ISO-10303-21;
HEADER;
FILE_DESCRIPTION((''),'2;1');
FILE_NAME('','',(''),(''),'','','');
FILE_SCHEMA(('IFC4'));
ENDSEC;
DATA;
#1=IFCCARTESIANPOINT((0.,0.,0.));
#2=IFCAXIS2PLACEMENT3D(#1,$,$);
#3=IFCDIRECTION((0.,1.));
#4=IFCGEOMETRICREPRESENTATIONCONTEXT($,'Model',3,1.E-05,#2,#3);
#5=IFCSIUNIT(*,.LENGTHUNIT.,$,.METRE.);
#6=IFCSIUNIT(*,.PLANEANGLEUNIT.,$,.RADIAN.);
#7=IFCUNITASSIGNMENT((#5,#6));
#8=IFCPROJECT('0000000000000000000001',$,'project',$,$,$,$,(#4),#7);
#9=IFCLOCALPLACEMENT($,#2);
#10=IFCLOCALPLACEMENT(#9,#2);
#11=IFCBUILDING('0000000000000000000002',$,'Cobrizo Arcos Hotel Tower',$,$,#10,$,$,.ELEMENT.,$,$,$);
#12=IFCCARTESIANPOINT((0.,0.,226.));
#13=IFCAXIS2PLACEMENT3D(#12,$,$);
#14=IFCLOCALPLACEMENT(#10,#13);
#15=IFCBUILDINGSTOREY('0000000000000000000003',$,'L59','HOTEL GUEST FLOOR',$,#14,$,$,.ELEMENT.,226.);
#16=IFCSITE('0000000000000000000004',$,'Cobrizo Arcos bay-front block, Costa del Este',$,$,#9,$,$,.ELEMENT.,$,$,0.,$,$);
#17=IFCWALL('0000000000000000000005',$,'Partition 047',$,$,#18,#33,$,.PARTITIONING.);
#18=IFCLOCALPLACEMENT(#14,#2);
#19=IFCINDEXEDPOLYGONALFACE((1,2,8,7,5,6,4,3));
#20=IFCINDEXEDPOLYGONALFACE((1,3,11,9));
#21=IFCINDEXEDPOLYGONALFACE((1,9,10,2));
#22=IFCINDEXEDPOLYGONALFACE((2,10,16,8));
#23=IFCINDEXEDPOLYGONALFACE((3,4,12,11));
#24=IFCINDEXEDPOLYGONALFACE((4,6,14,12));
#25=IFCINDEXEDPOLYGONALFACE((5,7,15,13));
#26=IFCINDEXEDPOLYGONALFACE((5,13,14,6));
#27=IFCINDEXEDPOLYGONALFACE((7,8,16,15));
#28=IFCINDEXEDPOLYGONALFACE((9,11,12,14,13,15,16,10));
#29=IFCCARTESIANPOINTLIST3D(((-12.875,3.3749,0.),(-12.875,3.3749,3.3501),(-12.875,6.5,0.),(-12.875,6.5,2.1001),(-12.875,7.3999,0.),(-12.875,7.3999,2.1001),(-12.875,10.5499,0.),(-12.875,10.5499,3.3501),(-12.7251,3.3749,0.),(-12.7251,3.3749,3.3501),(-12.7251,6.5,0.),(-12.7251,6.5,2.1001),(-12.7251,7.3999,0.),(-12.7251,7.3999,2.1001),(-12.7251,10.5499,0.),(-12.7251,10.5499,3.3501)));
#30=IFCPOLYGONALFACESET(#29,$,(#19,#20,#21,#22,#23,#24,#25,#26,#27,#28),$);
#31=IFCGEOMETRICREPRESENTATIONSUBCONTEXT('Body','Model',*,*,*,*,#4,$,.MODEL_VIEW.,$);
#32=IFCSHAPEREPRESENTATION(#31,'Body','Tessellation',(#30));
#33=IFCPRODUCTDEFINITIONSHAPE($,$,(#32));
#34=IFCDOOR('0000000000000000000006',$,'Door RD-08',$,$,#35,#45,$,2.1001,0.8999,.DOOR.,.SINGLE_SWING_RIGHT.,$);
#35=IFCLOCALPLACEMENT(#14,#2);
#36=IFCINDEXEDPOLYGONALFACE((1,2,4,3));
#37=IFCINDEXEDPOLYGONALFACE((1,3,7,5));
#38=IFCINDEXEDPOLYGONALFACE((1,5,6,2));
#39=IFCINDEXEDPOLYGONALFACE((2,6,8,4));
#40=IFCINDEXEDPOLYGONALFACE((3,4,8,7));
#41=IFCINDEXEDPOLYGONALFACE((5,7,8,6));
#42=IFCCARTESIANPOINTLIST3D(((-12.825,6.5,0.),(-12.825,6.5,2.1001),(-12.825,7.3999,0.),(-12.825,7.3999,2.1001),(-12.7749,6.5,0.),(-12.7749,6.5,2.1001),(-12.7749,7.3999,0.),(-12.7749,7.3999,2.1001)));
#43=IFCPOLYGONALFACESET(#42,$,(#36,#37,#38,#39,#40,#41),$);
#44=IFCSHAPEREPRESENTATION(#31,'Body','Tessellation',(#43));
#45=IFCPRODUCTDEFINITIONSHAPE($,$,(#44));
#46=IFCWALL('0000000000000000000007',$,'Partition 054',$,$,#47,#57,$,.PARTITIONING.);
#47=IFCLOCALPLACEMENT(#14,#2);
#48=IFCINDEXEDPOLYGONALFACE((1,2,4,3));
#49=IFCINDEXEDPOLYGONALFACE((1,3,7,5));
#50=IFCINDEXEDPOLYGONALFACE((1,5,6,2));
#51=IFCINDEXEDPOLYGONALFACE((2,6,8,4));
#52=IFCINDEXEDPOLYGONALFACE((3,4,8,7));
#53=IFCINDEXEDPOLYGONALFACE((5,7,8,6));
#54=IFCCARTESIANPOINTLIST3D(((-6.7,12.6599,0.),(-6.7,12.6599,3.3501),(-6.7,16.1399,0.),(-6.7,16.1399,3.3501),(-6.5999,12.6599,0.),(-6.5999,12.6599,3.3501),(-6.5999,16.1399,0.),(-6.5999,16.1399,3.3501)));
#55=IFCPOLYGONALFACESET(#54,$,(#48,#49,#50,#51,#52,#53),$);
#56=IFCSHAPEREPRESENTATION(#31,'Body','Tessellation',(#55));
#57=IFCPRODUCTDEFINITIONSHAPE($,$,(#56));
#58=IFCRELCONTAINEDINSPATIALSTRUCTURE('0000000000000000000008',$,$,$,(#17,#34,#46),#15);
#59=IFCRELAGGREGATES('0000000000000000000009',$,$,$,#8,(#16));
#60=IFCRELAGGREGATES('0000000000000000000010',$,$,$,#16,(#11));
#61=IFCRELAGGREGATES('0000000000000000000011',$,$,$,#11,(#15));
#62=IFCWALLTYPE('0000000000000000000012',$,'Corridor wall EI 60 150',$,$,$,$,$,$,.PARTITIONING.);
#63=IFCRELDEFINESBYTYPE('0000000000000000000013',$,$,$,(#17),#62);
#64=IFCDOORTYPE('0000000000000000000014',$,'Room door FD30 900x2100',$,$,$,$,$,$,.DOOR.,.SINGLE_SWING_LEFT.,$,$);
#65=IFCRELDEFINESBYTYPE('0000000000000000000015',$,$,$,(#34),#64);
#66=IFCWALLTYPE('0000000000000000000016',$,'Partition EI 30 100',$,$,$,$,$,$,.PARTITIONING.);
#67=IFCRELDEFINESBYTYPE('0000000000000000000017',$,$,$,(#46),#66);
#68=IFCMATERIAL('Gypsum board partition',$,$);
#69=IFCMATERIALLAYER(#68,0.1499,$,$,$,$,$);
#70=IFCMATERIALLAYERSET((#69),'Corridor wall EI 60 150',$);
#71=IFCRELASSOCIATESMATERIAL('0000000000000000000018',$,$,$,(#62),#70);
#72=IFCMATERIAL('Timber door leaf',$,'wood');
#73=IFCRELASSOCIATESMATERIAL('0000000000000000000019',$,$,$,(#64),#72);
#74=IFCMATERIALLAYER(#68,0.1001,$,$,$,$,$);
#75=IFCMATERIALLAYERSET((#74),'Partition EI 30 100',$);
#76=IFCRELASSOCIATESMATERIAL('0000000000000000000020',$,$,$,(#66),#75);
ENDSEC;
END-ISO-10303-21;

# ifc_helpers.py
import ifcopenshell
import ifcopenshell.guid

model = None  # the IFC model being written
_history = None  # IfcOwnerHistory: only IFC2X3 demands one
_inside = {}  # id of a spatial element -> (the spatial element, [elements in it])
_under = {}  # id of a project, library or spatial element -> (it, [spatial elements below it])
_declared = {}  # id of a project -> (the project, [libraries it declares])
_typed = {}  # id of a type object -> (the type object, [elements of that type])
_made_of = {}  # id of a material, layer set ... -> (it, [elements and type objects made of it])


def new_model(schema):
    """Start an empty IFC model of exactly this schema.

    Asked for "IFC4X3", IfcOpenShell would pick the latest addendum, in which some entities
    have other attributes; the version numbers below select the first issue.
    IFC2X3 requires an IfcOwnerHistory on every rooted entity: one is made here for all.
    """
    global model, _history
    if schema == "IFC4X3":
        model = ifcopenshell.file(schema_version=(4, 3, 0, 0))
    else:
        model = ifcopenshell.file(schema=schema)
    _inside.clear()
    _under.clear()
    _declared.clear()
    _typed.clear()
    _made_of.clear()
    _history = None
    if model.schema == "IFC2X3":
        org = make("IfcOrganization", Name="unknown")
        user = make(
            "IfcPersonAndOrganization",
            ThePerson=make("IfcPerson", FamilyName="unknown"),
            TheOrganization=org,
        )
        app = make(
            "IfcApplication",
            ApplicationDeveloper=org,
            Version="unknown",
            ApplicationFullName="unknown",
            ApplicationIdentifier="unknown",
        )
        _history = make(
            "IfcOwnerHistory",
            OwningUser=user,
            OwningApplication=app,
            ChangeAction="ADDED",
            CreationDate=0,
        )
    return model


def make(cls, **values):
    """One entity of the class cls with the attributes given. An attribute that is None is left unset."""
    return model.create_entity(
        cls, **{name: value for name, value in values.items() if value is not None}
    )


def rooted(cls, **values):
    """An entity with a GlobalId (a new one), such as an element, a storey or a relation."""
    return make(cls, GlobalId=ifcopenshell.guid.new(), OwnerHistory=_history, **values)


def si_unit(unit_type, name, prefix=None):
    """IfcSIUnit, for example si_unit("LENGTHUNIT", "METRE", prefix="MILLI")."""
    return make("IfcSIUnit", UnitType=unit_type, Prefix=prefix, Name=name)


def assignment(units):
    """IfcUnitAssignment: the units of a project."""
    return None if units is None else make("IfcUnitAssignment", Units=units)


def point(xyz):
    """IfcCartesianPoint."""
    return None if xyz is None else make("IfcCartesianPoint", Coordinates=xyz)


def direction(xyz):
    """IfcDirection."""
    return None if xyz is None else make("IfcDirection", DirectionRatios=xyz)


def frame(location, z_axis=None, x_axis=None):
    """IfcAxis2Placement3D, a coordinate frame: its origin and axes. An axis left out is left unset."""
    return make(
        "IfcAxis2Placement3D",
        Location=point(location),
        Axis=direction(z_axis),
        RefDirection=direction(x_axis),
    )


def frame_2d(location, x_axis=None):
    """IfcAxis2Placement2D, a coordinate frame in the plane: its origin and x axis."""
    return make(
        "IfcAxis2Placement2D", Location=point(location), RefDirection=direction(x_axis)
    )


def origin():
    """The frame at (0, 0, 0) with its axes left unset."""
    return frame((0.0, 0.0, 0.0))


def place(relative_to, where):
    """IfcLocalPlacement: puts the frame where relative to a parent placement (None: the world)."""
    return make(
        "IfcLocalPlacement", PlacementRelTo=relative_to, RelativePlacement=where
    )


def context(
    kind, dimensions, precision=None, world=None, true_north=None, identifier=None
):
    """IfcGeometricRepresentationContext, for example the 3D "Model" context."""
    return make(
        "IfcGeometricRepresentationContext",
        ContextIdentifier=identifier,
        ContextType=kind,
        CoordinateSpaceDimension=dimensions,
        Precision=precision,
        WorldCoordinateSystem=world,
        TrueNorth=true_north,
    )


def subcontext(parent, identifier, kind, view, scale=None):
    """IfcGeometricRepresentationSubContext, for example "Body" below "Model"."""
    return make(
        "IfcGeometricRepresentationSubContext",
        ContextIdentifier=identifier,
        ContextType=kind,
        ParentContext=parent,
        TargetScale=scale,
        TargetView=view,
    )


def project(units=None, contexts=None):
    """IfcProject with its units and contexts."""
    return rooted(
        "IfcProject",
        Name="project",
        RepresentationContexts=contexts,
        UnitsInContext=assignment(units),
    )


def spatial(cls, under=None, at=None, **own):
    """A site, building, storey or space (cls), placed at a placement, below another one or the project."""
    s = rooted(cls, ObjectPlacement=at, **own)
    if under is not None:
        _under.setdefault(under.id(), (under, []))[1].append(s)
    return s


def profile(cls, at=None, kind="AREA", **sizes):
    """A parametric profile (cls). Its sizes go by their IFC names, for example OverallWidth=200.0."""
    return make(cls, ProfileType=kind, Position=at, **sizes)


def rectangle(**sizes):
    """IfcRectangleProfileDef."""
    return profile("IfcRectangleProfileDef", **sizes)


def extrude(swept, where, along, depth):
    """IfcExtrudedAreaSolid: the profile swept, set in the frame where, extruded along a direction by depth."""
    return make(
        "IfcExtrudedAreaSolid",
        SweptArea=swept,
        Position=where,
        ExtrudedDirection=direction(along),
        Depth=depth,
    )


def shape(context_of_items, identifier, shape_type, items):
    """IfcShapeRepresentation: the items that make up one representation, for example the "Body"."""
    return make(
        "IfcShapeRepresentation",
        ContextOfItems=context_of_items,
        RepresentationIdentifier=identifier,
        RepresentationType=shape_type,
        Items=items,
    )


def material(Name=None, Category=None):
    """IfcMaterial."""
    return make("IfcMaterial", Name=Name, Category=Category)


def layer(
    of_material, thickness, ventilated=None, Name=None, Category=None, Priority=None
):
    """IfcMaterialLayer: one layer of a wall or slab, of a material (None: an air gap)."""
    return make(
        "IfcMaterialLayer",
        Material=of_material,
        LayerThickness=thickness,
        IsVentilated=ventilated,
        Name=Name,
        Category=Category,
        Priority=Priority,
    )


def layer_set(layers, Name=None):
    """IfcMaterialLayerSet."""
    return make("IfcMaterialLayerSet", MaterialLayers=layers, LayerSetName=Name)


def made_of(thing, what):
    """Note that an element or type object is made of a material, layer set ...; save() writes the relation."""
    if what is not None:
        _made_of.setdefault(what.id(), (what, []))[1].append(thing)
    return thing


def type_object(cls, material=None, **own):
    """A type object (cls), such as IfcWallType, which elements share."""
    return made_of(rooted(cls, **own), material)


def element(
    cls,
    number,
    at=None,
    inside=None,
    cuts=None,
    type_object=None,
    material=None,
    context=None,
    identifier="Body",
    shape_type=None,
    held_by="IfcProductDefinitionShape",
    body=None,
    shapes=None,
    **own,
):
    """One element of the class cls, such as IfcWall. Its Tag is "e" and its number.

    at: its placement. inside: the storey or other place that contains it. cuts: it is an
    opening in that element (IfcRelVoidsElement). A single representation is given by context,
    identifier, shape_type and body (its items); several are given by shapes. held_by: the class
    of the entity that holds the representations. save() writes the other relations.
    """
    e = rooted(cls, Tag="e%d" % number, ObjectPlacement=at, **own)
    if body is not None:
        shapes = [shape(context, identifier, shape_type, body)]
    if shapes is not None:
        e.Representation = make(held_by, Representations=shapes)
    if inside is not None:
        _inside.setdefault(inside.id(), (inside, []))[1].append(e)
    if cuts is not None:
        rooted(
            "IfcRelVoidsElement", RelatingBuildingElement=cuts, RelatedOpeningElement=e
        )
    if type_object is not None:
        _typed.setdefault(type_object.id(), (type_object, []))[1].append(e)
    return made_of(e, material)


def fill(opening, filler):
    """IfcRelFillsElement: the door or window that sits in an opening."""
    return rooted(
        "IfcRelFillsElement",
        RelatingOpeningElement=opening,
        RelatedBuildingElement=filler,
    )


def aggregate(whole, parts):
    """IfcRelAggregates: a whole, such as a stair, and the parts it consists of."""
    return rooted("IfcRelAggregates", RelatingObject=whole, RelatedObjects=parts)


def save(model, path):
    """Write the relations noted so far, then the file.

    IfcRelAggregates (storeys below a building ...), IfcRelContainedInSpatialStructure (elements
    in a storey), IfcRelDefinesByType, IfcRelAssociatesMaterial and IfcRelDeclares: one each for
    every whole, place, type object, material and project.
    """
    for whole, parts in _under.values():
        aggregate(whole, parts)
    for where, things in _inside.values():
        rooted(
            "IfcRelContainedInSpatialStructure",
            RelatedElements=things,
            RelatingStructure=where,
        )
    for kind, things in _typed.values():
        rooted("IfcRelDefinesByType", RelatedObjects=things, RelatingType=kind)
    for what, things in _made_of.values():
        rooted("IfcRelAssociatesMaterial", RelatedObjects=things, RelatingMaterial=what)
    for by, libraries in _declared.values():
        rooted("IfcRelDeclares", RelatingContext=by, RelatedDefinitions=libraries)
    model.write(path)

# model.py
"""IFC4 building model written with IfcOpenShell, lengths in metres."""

from ifc_helpers import new_model, si_unit, direction, frame, frame_2d, origin, place, context, subcontext, project, spatial, rectangle, extrude, material, layer, layer_set, type_object, element, fill, save


model = new_model("IFC4")

# Units and contexts
model_context = context("Model", 3, precision=1e-05, world=origin(), true_north=direction((0.0, 1.0)))
body_context = subcontext(model_context, "Body", "Model", "MODEL_VIEW")
ifc_project = project(units=[si_unit("LENGTHUNIT", "METRE"), si_unit("PLANEANGLEUNIT", "RADIAN")], contexts=[model_context])

# Site, building, storey
site_placement = place(None, origin())
site = spatial("IfcSite", under=ifc_project, at=site_placement, Name="Cobrizo Arcos bay-front block, Costa del Este", CompositionType="ELEMENT", RefElevation=0.0)
building_placement = place(site_placement, origin())
building = spatial("IfcBuilding", under=site, at=building_placement, Name="Cobrizo Arcos Hotel Tower", CompositionType="ELEMENT")
storey_placement = place(building_placement, frame((0.0, 0.0, 226.0)))
storey = spatial("IfcBuildingStorey", under=building, at=storey_placement, Name="L59", Description="HOTEL GUEST FLOOR", CompositionType="ELEMENT", Elevation=226.0)

# Shared definitions
ifc_material_1 = material(Name="Gypsum board partition")
ifc_layer_1 = layer(ifc_material_1, 0.1499)
ifc_layer_set_1 = layer_set([ifc_layer_1], Name="Corridor wall EI 60 150")
wall_type_1 = type_object("IfcWallType", Name="Corridor wall EI 60 150", PredefinedType="PARTITIONING", material=ifc_layer_set_1)

# Wall, opening, door
wall_1_placement = place(storey_placement, frame((-12.8, 3.375, 0.0), z_axis=(0.0, 0.0, 1.0), x_axis=(0.0, 1.0, 0.0)))
wall_1 = element("IfcWall", 1, at=wall_1_placement, inside=storey, type_object=wall_type_1, Name="Partition 047", PredefinedType="PARTITIONING", context=body_context, shape_type="SweptSolid", body=[
    extrude(rectangle(XDim=7.175, YDim=0.1499, at=frame_2d((3.5874, 0.0))), origin(), (0.0, 0.0, 1.0), 3.3501),
])
opening_placement = place(wall_1_placement, frame((3.125, 0.0, 0.0)))
opening = element("IfcOpeningElement", 2, at=opening_placement, cuts=wall_1, PredefinedType="OPENING", context=body_context, shape_type="SweptSolid", body=[
    extrude(rectangle(XDim=0.8999, YDim=2.1001, at=frame_2d((0.45, 1.05))), frame((0.0, 0.0869, 0.0), z_axis=(0.0, -1.0, 0.0), x_axis=(1.0, 0.0, 0.0)), (0.0, 0.0, 1.0), 0.1738),
])
ifc_material_2 = material(Name="Timber door leaf", Category="wood")
door_type = type_object("IfcDoorType", Name="Room door FD30 900x2100", OperationType="SINGLE_SWING_LEFT", PredefinedType="DOOR", material=ifc_material_2)
door_placement = place(opening_placement, origin())
door = element("IfcDoor", 3, at=door_placement, inside=storey, type_object=door_type, Name="Door RD-08", OperationType="SINGLE_SWING_RIGHT", OverallHeight=2.1001, OverallWidth=0.8999, PredefinedType="DOOR", context=body_context, shape_type="SweptSolid", body=[
    extrude(rectangle(XDim=0.8999, YDim=2.1001, at=frame_2d((0.45, 1.05))), frame((0.0, 0.0249, 0.0), z_axis=(0.0, -1.0, 0.0), x_axis=(1.0, 0.0, 0.0)), (0.0, 0.0, 1.0), 0.05),
])
fill(opening, door)

# Wall
ifc_layer_2 = layer(ifc_material_1, 0.1001)
ifc_layer_set_2 = layer_set([ifc_layer_2], Name="Partition EI 30 100")
wall_type_2 = type_object("IfcWallType", Name="Partition EI 30 100", PredefinedType="PARTITIONING", material=ifc_layer_set_2)
wall_2_placement = place(storey_placement, frame((-6.6499, 12.6599, 0.0), z_axis=(0.0, 0.0, 1.0), x_axis=(0.0, 1.0, 0.0)))
element("IfcWall", 4, at=wall_2_placement, inside=storey, type_object=wall_type_2, Name="Partition 054", PredefinedType="PARTITIONING", context=body_context, shape_type="SweptSolid", body=[
    extrude(rectangle(XDim=3.48, YDim=0.1001, at=frame_2d((1.74, 0.0))), origin(), (0.0, 0.0, 1.0), 3.3501),
])

save(model, "model.ifc")
